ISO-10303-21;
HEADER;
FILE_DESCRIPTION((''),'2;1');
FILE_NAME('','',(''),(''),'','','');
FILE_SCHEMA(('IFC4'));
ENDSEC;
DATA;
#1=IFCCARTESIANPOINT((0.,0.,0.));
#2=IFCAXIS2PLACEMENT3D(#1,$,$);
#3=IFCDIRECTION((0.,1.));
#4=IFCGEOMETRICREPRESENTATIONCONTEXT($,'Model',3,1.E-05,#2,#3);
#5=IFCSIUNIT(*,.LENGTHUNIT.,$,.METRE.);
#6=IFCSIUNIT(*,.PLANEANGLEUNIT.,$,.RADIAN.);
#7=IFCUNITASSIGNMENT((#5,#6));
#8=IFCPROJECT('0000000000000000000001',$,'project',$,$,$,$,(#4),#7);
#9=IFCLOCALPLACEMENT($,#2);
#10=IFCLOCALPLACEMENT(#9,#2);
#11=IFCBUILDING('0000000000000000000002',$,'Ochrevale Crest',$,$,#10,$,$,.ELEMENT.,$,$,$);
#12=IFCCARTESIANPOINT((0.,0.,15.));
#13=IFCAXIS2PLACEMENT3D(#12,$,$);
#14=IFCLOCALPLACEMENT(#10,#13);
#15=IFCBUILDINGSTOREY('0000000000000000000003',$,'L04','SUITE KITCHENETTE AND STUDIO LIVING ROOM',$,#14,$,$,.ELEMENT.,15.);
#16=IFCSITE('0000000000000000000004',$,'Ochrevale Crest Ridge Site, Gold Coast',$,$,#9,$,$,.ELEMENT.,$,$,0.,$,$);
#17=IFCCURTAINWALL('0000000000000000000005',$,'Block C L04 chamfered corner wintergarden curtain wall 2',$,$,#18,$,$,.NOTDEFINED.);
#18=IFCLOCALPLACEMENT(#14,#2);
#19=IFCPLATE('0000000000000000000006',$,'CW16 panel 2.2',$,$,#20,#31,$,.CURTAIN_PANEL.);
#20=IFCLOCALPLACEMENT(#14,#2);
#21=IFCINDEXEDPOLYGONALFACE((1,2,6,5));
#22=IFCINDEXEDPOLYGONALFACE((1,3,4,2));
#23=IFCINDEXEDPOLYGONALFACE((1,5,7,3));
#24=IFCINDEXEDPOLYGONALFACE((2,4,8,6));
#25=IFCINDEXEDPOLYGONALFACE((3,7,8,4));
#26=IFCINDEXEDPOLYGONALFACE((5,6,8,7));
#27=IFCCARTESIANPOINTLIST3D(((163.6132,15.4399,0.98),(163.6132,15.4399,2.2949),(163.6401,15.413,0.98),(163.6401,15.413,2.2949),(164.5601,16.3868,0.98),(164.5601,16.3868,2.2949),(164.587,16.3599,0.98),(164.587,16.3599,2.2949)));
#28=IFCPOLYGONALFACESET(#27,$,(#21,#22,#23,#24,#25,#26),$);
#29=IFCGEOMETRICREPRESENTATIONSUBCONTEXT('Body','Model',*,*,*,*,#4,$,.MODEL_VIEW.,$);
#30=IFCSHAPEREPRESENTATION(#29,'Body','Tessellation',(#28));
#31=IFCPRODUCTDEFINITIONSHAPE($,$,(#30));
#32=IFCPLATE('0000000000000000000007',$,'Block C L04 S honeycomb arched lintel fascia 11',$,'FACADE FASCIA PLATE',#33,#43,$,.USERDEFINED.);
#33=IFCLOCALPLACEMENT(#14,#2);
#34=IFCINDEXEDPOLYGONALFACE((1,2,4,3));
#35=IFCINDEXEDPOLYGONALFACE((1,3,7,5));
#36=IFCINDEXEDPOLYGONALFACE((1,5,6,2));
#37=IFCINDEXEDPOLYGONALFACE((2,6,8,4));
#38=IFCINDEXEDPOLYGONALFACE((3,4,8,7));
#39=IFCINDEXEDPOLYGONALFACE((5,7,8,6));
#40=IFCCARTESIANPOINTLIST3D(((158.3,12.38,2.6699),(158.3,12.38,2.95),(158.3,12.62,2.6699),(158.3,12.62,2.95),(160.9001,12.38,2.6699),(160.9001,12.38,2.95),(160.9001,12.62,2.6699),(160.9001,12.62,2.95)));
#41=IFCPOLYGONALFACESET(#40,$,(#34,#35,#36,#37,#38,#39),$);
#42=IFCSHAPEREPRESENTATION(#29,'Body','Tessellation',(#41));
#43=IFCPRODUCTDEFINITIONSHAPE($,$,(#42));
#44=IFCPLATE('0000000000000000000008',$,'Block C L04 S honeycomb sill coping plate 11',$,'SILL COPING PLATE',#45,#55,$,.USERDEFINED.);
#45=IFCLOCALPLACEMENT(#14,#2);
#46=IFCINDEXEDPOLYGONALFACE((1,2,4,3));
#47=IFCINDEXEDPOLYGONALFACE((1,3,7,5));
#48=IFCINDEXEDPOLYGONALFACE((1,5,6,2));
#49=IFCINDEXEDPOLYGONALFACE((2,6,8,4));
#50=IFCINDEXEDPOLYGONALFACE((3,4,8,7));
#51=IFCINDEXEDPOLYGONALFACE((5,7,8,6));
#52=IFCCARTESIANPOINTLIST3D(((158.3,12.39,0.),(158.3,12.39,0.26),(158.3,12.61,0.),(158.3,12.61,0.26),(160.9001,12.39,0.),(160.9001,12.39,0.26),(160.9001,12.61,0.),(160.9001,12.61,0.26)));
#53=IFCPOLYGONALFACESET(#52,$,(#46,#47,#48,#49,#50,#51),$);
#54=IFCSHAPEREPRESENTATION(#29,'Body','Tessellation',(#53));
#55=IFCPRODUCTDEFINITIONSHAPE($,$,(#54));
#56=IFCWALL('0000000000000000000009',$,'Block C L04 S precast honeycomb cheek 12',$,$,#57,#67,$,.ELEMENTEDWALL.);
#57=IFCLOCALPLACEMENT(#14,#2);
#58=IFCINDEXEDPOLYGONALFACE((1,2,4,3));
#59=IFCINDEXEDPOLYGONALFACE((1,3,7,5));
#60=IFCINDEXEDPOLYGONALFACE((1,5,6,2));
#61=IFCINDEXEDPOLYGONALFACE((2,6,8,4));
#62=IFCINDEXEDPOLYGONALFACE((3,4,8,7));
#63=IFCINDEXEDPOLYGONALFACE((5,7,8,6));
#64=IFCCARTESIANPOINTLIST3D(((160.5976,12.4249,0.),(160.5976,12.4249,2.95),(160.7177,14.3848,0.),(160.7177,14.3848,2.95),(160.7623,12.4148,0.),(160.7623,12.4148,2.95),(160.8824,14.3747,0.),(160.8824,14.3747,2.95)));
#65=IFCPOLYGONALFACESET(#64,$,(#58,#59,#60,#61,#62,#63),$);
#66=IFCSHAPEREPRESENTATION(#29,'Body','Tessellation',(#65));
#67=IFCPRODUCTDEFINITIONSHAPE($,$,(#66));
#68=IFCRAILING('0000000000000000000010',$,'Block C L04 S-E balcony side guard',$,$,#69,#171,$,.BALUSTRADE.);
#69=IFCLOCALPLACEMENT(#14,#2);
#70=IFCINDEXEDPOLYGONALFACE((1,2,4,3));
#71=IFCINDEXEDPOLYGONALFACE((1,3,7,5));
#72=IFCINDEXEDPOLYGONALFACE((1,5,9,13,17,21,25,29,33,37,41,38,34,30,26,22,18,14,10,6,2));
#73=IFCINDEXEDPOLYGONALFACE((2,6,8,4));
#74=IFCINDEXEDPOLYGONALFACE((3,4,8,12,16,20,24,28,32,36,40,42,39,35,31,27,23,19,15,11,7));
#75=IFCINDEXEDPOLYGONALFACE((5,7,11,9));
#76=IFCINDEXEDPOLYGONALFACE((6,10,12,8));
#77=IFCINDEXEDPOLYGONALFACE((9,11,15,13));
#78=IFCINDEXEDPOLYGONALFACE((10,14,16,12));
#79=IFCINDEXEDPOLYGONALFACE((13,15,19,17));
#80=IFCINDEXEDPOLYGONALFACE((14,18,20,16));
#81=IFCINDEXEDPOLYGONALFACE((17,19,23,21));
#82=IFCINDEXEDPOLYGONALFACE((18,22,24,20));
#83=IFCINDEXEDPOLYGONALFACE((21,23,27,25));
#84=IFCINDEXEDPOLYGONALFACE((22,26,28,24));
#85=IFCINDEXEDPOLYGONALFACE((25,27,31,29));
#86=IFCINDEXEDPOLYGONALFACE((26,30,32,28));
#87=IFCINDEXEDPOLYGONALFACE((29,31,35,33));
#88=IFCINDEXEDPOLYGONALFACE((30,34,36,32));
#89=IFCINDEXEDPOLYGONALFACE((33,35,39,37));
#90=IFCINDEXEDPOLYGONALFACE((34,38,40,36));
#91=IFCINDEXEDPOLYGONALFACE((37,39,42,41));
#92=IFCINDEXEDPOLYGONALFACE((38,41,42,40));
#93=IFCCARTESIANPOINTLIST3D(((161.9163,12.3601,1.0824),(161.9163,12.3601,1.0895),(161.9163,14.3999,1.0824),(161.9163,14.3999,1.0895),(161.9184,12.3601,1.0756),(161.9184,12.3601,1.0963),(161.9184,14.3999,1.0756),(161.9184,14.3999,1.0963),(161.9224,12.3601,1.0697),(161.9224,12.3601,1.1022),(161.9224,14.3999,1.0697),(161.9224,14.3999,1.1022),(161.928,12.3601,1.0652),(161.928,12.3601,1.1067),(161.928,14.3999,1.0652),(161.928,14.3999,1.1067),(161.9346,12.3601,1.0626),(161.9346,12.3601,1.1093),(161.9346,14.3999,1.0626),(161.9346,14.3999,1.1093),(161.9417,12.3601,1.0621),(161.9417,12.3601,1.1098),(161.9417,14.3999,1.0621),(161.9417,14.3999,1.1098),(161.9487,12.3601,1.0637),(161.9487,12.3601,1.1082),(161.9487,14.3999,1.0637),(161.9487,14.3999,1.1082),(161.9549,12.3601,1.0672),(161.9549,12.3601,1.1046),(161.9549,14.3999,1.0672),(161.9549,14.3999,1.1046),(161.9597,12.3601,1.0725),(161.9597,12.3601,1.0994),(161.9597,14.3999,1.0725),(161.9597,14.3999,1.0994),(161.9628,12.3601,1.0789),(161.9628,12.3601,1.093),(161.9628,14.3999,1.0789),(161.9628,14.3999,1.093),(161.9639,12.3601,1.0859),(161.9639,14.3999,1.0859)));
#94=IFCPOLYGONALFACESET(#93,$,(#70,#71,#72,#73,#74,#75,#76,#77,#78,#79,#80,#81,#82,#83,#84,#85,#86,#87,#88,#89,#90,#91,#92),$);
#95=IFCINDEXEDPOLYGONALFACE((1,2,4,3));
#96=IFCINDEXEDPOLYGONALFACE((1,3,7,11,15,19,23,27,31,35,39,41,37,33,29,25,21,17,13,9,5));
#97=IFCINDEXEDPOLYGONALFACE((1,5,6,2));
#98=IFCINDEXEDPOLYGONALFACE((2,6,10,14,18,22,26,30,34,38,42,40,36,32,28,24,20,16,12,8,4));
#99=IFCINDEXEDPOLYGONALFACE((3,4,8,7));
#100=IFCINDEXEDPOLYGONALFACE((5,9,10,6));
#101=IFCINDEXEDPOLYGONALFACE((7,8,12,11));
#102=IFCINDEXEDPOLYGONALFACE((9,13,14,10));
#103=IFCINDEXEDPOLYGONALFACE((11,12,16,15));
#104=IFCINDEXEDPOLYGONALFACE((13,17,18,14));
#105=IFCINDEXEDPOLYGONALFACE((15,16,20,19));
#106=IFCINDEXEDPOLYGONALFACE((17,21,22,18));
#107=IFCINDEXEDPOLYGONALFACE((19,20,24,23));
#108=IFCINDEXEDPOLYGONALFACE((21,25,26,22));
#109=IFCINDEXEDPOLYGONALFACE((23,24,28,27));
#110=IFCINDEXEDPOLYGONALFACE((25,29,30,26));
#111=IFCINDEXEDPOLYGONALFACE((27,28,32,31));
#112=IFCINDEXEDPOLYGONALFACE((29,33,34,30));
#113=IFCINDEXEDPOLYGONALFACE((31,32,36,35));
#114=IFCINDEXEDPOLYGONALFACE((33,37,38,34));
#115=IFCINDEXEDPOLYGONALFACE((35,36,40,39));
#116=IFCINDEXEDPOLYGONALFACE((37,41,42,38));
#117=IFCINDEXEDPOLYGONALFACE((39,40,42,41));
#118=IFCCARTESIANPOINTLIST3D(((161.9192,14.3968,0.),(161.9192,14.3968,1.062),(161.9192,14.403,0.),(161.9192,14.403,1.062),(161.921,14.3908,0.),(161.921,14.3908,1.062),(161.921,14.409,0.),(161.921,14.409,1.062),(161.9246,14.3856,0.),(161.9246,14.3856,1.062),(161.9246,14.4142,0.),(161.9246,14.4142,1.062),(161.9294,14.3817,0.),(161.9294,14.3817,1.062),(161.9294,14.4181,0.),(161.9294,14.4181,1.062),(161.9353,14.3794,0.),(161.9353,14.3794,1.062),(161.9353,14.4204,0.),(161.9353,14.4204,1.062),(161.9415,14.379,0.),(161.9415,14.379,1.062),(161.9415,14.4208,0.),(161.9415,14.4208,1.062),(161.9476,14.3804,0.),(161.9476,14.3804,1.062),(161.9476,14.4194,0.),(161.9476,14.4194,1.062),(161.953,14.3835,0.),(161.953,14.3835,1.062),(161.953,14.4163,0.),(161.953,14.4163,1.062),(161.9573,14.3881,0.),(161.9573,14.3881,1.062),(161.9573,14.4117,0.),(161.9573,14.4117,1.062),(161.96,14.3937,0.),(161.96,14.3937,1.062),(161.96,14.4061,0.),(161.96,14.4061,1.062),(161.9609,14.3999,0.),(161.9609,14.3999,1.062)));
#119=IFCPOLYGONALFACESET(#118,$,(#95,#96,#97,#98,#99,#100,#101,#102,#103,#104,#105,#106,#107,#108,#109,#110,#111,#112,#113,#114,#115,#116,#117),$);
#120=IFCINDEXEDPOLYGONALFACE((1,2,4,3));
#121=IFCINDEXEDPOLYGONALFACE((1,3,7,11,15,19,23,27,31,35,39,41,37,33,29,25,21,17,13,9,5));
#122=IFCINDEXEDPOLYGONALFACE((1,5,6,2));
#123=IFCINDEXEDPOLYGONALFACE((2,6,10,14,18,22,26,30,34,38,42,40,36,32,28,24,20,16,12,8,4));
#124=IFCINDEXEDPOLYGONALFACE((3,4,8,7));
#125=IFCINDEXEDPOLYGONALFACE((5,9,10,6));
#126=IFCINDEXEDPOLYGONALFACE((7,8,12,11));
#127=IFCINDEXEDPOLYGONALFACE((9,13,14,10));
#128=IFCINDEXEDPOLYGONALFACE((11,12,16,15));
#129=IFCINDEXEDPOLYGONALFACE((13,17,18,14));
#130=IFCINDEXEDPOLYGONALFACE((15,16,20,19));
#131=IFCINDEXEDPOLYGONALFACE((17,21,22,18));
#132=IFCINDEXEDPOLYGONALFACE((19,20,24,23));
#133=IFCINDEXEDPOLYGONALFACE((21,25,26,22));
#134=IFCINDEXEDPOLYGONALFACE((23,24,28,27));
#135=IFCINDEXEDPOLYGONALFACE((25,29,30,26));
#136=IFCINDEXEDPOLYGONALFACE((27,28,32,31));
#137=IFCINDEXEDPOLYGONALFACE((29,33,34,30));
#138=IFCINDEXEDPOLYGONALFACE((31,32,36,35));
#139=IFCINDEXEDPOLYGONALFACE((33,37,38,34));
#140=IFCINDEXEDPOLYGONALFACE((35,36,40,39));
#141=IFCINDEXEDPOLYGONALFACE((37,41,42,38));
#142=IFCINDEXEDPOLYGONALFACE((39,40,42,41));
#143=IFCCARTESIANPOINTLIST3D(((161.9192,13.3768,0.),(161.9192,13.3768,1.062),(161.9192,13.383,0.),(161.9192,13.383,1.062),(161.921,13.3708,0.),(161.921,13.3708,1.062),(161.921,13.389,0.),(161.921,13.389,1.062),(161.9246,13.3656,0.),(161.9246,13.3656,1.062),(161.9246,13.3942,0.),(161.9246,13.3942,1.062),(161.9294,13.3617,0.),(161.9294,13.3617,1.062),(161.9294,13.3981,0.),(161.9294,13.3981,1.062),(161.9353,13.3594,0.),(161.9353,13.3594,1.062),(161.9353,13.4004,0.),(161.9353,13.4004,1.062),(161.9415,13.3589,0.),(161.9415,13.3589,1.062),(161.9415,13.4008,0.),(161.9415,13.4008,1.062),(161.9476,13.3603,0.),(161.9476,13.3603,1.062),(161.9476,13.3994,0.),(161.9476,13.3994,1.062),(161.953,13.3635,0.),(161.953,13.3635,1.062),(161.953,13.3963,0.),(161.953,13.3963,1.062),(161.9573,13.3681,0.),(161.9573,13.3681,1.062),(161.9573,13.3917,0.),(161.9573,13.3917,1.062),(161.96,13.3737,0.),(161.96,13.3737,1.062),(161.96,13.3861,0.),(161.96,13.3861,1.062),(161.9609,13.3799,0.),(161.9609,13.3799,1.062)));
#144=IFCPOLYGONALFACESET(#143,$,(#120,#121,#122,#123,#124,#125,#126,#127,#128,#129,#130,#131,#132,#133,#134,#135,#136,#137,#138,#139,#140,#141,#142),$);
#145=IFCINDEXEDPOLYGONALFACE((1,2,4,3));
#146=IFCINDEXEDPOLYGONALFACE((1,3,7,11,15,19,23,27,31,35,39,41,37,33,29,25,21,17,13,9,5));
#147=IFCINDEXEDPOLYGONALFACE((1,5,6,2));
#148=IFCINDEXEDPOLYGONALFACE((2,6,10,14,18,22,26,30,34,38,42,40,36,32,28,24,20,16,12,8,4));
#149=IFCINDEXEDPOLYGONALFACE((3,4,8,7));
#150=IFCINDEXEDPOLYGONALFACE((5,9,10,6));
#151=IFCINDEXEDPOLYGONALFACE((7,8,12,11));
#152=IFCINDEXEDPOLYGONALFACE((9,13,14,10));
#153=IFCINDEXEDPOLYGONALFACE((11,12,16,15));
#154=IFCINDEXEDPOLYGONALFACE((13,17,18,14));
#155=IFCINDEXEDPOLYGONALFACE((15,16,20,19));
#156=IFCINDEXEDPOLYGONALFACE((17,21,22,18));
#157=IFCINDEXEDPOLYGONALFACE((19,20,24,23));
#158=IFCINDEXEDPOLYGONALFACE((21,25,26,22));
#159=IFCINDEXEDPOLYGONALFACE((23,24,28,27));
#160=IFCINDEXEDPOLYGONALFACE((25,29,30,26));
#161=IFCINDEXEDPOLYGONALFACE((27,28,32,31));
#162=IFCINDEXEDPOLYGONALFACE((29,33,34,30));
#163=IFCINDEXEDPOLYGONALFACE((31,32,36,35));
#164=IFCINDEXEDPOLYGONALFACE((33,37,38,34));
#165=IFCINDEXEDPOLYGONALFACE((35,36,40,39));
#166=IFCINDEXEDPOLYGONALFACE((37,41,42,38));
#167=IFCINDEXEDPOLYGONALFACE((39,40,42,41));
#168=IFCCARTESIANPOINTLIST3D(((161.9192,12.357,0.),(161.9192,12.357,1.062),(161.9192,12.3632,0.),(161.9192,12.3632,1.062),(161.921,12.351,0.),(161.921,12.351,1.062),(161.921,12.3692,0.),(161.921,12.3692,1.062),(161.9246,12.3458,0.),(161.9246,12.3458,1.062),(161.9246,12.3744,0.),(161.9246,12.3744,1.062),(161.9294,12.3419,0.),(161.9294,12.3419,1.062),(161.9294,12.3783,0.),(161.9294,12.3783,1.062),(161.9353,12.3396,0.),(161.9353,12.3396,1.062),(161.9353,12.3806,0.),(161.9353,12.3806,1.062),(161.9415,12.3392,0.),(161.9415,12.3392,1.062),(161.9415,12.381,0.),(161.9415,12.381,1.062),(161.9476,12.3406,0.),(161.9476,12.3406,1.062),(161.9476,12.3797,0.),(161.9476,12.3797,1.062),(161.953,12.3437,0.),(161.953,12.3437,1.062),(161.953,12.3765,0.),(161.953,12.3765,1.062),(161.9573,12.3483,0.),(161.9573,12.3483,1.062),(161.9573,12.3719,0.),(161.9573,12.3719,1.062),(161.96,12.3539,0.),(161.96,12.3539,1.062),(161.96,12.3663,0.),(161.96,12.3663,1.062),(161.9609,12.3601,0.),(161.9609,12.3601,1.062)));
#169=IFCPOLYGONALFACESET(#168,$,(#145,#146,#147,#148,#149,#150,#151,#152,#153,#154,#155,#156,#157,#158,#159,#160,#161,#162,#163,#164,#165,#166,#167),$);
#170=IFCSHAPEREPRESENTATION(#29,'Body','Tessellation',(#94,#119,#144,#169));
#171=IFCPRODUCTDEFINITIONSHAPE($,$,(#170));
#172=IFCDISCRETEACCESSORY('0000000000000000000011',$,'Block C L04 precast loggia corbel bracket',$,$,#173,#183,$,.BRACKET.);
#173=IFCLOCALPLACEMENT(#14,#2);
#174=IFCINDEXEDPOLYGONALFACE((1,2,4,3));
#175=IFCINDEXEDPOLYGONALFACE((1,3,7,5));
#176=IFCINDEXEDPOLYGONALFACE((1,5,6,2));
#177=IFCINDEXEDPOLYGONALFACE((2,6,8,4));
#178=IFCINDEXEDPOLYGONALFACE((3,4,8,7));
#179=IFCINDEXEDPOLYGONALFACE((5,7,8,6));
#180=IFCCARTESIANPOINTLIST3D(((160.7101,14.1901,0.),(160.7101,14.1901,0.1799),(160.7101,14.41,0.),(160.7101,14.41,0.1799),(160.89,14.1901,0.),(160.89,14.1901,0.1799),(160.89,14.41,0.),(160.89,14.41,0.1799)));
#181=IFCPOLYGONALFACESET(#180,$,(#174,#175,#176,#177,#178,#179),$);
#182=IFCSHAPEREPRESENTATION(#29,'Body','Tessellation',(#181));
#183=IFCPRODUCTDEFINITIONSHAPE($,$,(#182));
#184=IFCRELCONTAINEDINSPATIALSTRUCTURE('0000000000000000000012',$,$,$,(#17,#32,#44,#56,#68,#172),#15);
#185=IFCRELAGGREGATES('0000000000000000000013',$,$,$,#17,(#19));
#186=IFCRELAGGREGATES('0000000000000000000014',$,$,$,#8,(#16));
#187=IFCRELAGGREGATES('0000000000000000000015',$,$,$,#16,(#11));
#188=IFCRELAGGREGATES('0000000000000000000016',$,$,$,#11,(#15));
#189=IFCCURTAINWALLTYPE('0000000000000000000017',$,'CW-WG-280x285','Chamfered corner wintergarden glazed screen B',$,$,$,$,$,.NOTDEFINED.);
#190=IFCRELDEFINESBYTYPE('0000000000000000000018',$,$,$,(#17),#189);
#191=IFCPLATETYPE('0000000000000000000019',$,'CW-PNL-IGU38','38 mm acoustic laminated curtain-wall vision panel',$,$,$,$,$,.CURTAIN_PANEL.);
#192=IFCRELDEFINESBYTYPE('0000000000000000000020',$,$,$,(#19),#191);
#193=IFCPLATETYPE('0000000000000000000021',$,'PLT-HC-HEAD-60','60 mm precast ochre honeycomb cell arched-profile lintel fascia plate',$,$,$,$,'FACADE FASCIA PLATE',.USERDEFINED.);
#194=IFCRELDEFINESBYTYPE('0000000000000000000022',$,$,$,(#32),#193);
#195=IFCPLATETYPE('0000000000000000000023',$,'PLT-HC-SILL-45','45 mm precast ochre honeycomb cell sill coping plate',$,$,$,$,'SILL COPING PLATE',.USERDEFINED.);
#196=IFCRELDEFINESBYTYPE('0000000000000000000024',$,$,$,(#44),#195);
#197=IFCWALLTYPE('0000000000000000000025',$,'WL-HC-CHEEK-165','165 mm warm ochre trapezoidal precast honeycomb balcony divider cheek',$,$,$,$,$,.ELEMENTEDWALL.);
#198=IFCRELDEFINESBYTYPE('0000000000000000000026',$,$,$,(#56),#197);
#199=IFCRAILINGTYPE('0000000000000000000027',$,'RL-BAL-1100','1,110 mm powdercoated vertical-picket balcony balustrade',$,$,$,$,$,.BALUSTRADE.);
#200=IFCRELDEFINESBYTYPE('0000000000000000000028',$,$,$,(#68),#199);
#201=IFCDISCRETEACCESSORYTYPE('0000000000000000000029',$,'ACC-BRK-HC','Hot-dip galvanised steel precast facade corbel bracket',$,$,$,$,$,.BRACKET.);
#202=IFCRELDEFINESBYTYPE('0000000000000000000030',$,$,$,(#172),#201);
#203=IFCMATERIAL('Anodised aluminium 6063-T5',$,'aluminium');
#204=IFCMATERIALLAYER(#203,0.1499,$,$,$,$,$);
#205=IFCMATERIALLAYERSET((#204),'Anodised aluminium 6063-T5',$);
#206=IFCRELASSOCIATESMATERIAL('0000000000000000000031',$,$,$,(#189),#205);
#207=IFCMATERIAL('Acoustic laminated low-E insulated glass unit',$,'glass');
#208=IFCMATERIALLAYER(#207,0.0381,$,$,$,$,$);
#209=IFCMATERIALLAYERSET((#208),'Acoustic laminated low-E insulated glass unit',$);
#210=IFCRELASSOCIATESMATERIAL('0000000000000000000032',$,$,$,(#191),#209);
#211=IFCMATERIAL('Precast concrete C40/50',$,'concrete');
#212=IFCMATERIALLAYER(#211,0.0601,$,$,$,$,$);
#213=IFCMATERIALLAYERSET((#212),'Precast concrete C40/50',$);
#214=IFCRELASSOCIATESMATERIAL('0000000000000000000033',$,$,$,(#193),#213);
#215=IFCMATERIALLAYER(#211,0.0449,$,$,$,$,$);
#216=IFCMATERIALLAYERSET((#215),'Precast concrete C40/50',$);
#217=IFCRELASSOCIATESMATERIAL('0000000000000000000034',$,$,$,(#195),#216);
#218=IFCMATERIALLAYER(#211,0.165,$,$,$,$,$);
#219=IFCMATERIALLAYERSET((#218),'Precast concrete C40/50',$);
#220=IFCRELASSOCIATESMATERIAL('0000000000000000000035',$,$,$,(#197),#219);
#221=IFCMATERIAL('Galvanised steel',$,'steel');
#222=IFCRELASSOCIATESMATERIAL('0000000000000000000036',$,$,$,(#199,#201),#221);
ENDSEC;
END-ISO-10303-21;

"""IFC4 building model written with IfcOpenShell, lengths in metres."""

from ifc_helpers import new_model, si_unit, direction, frame, frame_2d, origin, origin_2d, place, context, subcontext, project, spatial, rectangle, circle, extrude, material, layer, layer_set, type_object, element, aggregate, save


model = new_model("IFC4")

# Units and contexts
model_context = context("Model", 3, precision=1e-05, world=origin(), true_north=direction((0.0, 1.0)))
body_context = subcontext(model_context, "Body", "Model", "MODEL_VIEW")
ifc_project = project(units=[si_unit("LENGTHUNIT", "METRE"), si_unit("PLANEANGLEUNIT", "RADIAN")], contexts=[model_context])

# Site, building, storey
site_placement = place(None, origin())
site = spatial("IfcSite", under=ifc_project, at=site_placement, Name="Ochrevale Crest Ridge Site, Gold Coast", CompositionType="ELEMENT", RefElevation=0.0)
building_placement = place(site_placement, origin())
building = spatial("IfcBuilding", under=site, at=building_placement, Name="Ochrevale Crest", CompositionType="ELEMENT")
storey_placement = place(building_placement, frame((0.0, 0.0, 15.0)))
storey = spatial("IfcBuildingStorey", under=building, at=storey_placement, Name="L04", Description="SUITE KITCHENETTE AND STUDIO LIVING ROOM", CompositionType="ELEMENT", Elevation=15.0)

# Curtain wall, plate
ifc_material_1 = material(Name="Anodised aluminium 6063-T5", Category="aluminium")
ifc_layer_1 = layer(ifc_material_1, 0.1499)
ifc_layer_set_1 = layer_set([ifc_layer_1], Name="Anodised aluminium 6063-T5")
curtain_wall_type = type_object("IfcCurtainWallType", Name="CW-WG-280x285", Description="Chamfered corner wintergarden glazed screen B", PredefinedType="NOTDEFINED", material=ifc_layer_set_1)
curtain_wall_placement = place(storey_placement, origin())
curtain_wall = element("IfcCurtainWall", 1, at=curtain_wall_placement, inside=storey, type_object=curtain_wall_type, Name="Block C L04 chamfered corner wintergarden curtain wall 2", PredefinedType="NOTDEFINED")
ifc_material_2 = material(Name="Acoustic laminated low-E insulated glass unit", Category="glass")
ifc_layer_2 = layer(ifc_material_2, 0.0381)
ifc_layer_set_2 = layer_set([ifc_layer_2], Name="Acoustic laminated low-E insulated glass unit")
plate_type_1 = type_object("IfcPlateType", Name="CW-PNL-IGU38", Description="38 mm acoustic laminated curtain-wall vision panel", PredefinedType="CURTAIN_PANEL", material=ifc_layer_set_2)
plate_1_placement = place(storey_placement, frame((164.1001, 15.8999, 0.98), z_axis=(0.0, 0.0, 1.0), x_axis=(0.707107, 0.707107, 0.0)))
plate_1 = element("IfcPlate", 2, at=plate_1_placement, type_object=plate_type_1, Name="CW16 panel 2.2", PredefinedType="CURTAIN_PANEL", context=body_context, shape_type="SweptSolid", body=[
    extrude(rectangle(XDim=1.3391, YDim=0.0381, at=origin_2d()), origin(), (0.0, 0.0, 1.0), 1.3149),
])
aggregate(curtain_wall, [plate_1])

# Plates
ifc_material_3 = material(Name="Precast concrete C40/50", Category="concrete")
ifc_layer_3 = layer(ifc_material_3, 0.0601)
ifc_layer_set_3 = layer_set([ifc_layer_3], Name="Precast concrete C40/50")
plate_type_2 = type_object("IfcPlateType", Name="PLT-HC-HEAD-60", Description="60 mm precast ochre honeycomb cell arched-profile lintel fascia plate", ElementType="FACADE FASCIA PLATE", PredefinedType="USERDEFINED", material=ifc_layer_set_3)
plate_2_placement = place(storey_placement, frame((159.6001, 12.5, 2.6699), z_axis=(0.0, 0.0, 1.0), x_axis=(1.0, 0.0, 0.0)))
element("IfcPlate", 3, at=plate_2_placement, inside=storey, type_object=plate_type_2, Name="Block C L04 S honeycomb arched lintel fascia 11", ObjectType="FACADE FASCIA PLATE", PredefinedType="USERDEFINED", context=body_context, shape_type="SweptSolid", body=[
    extrude(rectangle(XDim=2.6001, YDim=0.24, at=origin_2d()), origin(), (0.0, 0.0, 1.0), 0.28),
])
ifc_layer_4 = layer(ifc_material_3, 0.0449)
ifc_layer_set_4 = layer_set([ifc_layer_4], Name="Precast concrete C40/50")
plate_type_3 = type_object("IfcPlateType", Name="PLT-HC-SILL-45", Description="45 mm precast ochre honeycomb cell sill coping plate", ElementType="SILL COPING PLATE", PredefinedType="USERDEFINED", material=ifc_layer_set_4)
plate_3_placement = place(storey_placement, frame((159.6001, 12.5, 0.0), z_axis=(0.0, 0.0, 1.0), x_axis=(1.0, 0.0, 0.0)))
element("IfcPlate", 4, at=plate_3_placement, inside=storey, type_object=plate_type_3, Name="Block C L04 S honeycomb sill coping plate 11", ObjectType="SILL COPING PLATE", PredefinedType="USERDEFINED", context=body_context, shape_type="SweptSolid", body=[
    extrude(rectangle(XDim=2.6001, YDim=0.22, at=origin_2d()), origin(), (0.0, 0.0, 1.0), 0.26),
])

# Wall
ifc_layer_5 = layer(ifc_material_3, 0.165)
ifc_layer_set_5 = layer_set([ifc_layer_5], Name="Precast concrete C40/50")
wall_type = type_object("IfcWallType", Name="WL-HC-CHEEK-165", Description="165 mm warm ochre trapezoidal precast honeycomb balcony divider cheek", PredefinedType="ELEMENTEDWALL", material=ifc_layer_set_5)
wall_placement = place(storey_placement, frame((160.8, 14.3799, 0.0), z_axis=(0.0, 0.0, 1.0), x_axis=(-0.061171, -0.998127, 0.0)))
element("IfcWall", 5, at=wall_placement, inside=storey, type_object=wall_type, Name="Block C L04 S precast honeycomb cheek 12", PredefinedType="ELEMENTEDWALL", context=body_context, shape_type="SweptSolid", body=[
    extrude(rectangle(XDim=1.9636, YDim=0.165, at=frame_2d((0.9819, 0.0))), origin(), (0.0, 0.0, 1.0), 2.95),
])

# Railing
ifc_material_4 = material(Name="Galvanised steel", Category="steel")
railing_type = type_object("IfcRailingType", Name="RL-BAL-1100", Description="1,110 mm powdercoated vertical-picket balcony balustrade", PredefinedType="BALUSTRADE", material=ifc_material_4)
railing_placement = place(storey_placement, frame((161.9399, 14.3999, 0.0)))
element("IfcRailing", 6, at=railing_placement, inside=storey, type_object=railing_type, Name="Block C L04 S-E balcony side guard", PredefinedType="BALUSTRADE", context=body_context, shape_type="SweptSolid", body=[
    extrude(circle(Radius=0.0239, at=origin_2d()), frame((0.0, 0.0, 1.0859), z_axis=(0.0, -1.0, 0.0), x_axis=(1.0, 0.0, 0.0)), (0.0, 0.0, 1.0), 2.0398),
    extrude(circle(Radius=0.021, at=origin_2d()), origin(), (0.0, 0.0, 1.0), 1.062),
    extrude(circle(Radius=0.021, at=origin_2d()), frame((0.0, -1.02, 0.0)), (0.0, 0.0, 1.0), 1.062),
    extrude(circle(Radius=0.021, at=origin_2d()), frame((0.0, -2.0398, 0.0)), (0.0, 0.0, 1.0), 1.062),
])

# Discrete accessory
discrete_accessory_type = type_object("IfcDiscreteAccessoryType", Name="ACC-BRK-HC", Description="Hot-dip galvanised steel precast facade corbel bracket", PredefinedType="BRACKET", material=ifc_material_4)
discrete_accessory_placement = place(storey_placement, frame((160.8, 14.3, 0.0), z_axis=(0.0, 0.0, 1.0), x_axis=(1.0, 0.0, 0.0)))
element("IfcDiscreteAccessory", 7, at=discrete_accessory_placement, inside=storey, type_object=discrete_accessory_type, Name="Block C L04 precast loggia corbel bracket", PredefinedType="BRACKET", context=body_context, shape_type="SweptSolid", body=[
    extrude(rectangle(XDim=0.1799, YDim=0.22, at=origin_2d()), origin(), (0.0, 0.0, 1.0), 0.1799),
])

save(model, "model.ifc")
